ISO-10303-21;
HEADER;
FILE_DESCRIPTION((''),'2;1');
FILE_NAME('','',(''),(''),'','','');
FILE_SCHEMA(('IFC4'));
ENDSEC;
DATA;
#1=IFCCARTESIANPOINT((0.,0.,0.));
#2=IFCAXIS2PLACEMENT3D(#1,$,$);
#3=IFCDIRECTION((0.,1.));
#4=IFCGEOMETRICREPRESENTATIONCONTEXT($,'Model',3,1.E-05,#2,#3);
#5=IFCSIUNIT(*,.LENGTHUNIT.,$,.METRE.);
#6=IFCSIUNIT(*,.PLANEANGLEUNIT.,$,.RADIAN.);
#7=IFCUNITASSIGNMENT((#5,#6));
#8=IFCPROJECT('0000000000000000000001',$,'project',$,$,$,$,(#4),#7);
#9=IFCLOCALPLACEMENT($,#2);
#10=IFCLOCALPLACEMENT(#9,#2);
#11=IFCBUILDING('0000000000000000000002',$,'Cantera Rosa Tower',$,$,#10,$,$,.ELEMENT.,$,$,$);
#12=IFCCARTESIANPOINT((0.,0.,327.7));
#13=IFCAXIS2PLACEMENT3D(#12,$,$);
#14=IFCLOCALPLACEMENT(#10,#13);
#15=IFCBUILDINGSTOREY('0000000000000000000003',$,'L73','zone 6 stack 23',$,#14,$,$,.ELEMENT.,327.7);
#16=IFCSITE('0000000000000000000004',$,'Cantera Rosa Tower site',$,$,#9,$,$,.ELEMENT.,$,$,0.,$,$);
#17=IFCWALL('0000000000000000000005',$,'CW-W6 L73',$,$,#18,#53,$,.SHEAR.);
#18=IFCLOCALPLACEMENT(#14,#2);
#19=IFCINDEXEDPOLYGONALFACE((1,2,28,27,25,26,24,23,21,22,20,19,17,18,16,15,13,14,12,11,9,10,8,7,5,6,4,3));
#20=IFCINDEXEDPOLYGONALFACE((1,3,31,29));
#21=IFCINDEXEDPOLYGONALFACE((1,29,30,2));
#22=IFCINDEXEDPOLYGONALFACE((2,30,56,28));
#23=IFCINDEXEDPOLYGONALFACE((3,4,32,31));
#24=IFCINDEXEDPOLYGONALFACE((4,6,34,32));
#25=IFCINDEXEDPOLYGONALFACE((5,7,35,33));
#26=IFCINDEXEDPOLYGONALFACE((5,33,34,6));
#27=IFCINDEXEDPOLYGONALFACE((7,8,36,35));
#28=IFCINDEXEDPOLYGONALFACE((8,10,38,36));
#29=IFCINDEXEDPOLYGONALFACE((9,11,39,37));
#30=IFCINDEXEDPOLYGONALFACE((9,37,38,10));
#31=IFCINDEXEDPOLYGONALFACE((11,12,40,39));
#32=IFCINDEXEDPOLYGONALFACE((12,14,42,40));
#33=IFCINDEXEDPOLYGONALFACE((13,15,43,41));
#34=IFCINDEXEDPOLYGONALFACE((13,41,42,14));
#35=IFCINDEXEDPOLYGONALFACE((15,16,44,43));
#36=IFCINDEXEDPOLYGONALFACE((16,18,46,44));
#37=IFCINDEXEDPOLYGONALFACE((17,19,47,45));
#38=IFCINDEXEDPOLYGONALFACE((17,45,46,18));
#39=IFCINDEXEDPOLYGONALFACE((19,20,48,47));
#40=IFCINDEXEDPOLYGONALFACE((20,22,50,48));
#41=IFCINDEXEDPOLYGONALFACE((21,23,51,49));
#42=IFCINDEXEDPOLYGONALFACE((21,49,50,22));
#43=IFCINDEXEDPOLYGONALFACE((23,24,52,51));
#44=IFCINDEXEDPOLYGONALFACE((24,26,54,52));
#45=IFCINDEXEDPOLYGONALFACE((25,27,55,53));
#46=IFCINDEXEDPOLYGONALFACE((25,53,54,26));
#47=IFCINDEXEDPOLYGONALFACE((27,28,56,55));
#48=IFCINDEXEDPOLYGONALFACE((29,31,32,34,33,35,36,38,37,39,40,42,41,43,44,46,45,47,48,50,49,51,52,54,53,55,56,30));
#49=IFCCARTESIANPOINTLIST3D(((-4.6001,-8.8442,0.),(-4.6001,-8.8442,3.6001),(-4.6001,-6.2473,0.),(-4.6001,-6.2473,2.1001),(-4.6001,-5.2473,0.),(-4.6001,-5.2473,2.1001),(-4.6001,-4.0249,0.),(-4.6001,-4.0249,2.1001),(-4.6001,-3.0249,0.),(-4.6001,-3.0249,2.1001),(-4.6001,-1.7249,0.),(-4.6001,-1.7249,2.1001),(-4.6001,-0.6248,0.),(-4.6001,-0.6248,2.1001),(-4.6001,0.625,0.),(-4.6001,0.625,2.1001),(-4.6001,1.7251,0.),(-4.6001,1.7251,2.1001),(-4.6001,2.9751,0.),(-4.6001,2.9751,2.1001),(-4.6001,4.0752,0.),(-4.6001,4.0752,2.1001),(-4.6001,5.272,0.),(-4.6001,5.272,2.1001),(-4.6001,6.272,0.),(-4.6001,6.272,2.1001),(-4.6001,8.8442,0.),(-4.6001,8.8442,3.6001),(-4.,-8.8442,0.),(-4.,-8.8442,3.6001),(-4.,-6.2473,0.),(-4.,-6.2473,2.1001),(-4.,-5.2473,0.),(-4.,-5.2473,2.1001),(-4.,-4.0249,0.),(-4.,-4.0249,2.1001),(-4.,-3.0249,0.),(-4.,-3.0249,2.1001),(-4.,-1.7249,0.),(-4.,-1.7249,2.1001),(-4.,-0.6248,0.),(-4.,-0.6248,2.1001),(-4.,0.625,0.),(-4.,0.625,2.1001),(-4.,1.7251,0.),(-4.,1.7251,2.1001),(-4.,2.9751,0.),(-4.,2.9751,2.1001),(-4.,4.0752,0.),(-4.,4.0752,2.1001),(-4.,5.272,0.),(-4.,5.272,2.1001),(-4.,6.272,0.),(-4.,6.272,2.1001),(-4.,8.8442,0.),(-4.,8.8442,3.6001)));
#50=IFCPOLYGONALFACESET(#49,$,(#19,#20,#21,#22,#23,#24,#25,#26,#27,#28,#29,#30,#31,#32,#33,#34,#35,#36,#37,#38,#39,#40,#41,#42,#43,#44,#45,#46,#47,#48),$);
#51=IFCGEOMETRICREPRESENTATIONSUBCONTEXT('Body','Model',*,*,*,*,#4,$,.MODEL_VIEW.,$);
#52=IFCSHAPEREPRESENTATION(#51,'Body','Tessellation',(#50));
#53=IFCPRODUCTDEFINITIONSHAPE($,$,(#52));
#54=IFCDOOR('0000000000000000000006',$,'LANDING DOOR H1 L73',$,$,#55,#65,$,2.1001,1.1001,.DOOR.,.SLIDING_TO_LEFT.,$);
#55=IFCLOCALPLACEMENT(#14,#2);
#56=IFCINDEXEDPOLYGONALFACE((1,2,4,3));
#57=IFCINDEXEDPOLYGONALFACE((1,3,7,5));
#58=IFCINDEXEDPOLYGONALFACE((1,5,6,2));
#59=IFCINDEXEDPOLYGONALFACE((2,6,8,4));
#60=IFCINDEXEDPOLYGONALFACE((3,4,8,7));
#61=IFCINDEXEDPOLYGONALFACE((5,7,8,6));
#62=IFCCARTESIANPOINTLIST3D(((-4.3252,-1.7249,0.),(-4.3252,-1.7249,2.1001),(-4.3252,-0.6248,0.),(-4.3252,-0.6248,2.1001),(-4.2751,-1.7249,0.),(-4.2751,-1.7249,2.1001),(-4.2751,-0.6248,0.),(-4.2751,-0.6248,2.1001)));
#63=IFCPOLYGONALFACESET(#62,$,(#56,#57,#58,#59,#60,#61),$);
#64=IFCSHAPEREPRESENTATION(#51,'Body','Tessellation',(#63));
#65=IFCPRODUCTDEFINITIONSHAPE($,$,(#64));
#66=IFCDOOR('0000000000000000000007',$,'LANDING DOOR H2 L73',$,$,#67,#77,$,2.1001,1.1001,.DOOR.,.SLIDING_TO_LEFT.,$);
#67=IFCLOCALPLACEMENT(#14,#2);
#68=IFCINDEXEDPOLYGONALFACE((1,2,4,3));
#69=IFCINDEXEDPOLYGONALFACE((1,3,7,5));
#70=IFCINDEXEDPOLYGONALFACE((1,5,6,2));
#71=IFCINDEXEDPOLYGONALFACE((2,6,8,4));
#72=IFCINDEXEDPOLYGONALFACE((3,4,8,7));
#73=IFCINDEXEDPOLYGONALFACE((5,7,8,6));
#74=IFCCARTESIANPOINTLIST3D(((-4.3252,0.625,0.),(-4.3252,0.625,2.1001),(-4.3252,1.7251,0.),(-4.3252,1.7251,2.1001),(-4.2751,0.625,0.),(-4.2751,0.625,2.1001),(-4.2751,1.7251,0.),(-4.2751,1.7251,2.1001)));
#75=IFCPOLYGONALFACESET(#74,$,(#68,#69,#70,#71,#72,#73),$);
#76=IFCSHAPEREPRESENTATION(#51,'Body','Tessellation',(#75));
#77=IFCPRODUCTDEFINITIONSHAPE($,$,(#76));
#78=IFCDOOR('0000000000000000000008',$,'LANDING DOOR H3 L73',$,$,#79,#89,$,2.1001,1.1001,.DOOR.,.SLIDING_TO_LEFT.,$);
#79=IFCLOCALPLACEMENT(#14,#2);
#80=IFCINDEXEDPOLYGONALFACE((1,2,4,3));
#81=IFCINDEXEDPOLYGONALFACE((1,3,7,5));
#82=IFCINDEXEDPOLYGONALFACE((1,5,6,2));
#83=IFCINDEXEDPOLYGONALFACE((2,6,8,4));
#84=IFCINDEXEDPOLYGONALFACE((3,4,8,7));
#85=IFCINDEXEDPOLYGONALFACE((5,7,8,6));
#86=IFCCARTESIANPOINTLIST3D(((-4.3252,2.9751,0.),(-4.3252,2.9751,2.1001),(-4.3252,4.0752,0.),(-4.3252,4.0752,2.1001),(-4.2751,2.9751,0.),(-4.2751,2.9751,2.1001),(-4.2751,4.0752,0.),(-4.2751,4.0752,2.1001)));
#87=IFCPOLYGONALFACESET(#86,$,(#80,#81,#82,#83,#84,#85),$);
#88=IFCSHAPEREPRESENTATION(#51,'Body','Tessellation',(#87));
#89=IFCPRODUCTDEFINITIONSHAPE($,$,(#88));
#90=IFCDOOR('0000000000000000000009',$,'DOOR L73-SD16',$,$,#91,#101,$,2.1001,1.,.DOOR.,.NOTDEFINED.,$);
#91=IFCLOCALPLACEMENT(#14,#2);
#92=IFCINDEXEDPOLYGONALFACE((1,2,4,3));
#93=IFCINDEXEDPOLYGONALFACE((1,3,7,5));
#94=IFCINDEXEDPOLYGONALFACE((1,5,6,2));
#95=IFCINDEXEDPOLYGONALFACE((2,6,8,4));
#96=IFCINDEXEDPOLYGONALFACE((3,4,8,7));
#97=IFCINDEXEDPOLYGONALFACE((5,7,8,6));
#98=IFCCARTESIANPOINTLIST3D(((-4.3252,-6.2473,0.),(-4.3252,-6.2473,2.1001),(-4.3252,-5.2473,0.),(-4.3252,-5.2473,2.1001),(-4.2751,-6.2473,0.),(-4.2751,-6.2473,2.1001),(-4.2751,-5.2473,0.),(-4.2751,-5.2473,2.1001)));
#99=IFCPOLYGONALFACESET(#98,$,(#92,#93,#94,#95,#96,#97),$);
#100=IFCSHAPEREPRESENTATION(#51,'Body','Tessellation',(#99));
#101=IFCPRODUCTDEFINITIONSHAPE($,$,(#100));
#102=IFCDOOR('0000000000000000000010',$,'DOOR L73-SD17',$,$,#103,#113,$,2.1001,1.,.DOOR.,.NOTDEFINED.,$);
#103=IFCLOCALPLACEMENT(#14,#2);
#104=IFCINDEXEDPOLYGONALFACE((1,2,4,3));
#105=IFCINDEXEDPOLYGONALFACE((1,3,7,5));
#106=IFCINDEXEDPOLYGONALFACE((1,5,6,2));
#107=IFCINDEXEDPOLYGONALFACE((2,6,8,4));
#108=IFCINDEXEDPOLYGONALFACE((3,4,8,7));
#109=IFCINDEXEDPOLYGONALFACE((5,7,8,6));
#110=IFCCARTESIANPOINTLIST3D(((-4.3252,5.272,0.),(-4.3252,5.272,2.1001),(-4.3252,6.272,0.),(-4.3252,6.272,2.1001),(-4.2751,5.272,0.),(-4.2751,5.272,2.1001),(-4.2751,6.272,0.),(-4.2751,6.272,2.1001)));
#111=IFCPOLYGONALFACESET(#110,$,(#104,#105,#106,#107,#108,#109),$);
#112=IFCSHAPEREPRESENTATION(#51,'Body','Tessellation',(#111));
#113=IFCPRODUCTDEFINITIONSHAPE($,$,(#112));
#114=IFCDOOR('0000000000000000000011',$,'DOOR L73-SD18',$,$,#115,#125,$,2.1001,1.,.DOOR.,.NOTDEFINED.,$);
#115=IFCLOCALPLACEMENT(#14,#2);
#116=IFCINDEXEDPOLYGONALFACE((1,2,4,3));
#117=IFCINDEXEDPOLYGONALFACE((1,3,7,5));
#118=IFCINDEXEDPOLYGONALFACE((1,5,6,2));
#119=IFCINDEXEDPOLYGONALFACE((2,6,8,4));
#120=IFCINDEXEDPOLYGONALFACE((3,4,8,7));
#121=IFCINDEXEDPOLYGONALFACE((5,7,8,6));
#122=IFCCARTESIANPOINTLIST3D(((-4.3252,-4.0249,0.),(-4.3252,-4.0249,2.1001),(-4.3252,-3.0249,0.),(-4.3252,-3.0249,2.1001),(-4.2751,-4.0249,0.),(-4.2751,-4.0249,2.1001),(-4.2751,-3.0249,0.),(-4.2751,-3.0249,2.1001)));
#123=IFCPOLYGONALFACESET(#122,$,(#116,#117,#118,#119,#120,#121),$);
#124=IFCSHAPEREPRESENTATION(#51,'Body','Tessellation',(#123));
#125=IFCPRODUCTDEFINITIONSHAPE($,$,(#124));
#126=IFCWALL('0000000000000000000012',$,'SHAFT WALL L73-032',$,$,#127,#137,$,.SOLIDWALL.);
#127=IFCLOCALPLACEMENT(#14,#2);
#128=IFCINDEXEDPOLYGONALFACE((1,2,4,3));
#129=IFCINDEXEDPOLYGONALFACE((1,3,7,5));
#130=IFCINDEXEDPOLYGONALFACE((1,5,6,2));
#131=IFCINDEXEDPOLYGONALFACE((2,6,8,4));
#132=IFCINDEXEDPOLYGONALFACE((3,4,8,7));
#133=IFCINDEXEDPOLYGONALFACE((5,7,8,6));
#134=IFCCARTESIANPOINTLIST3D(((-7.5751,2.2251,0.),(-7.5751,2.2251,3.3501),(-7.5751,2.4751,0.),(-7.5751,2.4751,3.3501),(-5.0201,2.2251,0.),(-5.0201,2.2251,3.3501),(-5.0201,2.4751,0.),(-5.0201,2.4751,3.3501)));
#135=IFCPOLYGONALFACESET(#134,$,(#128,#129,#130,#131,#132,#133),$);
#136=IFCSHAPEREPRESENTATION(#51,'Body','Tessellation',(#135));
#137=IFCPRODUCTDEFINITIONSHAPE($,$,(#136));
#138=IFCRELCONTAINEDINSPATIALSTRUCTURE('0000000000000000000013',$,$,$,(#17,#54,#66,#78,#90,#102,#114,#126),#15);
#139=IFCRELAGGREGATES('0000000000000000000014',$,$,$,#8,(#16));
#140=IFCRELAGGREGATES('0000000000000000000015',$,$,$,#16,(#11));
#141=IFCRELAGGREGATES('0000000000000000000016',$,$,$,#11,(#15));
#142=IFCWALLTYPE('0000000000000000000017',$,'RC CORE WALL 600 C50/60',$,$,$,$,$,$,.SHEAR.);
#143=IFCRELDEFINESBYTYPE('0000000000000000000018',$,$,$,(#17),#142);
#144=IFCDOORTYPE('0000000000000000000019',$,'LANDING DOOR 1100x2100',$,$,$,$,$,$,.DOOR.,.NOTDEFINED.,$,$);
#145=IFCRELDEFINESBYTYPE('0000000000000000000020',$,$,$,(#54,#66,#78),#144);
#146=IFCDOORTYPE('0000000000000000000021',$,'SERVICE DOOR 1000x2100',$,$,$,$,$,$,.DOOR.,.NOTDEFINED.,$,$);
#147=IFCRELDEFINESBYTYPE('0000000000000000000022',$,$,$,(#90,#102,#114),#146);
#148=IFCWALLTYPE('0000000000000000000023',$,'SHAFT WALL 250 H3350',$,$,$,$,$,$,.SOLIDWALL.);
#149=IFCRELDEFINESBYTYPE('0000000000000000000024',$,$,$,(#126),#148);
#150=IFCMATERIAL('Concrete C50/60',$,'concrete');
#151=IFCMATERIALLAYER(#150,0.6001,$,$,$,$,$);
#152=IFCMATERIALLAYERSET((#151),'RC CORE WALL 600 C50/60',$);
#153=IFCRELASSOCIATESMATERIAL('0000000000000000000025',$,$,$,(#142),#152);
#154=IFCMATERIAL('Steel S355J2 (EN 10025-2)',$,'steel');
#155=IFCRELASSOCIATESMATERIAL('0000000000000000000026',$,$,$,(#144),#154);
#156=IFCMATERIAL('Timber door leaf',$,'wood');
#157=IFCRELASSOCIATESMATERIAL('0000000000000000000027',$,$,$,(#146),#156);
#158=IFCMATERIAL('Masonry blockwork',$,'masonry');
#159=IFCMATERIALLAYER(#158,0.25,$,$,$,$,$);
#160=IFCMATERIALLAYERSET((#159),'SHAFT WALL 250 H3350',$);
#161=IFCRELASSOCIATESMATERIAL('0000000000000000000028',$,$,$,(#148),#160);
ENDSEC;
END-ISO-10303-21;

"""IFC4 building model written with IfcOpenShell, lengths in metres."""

from ifc_helpers import new_model, si_unit, direction, frame, frame_2d, origin, place, context, subcontext, project, spatial, rectangle, extrude, material, layer, layer_set, type_object, element, fill, save


model = new_model("IFC4")

# Units and contexts
model_context = context("Model", 3, precision=1e-05, world=origin(), true_north=direction((0.0, 1.0)))
body_context = subcontext(model_context, "Body", "Model", "MODEL_VIEW")
ifc_project = project(units=[si_unit("LENGTHUNIT", "METRE"), si_unit("PLANEANGLEUNIT", "RADIAN")], contexts=[model_context])

# Site, building, storey
site_placement = place(None, origin())
site = spatial("IfcSite", under=ifc_project, at=site_placement, Name="Cantera Rosa Tower site", CompositionType="ELEMENT", RefElevation=0.0)
building_placement = place(site_placement, origin())
building = spatial("IfcBuilding", under=site, at=building_placement, Name="Cantera Rosa Tower", CompositionType="ELEMENT")
storey_placement = place(building_placement, frame((0.0, 0.0, 327.7)))
storey = spatial("IfcBuildingStorey", under=building, at=storey_placement, Name="L73", Description="zone 6 stack 23", CompositionType="ELEMENT", Elevation=327.7)

# Shared definitions
ifc_material_1 = material(Name="Concrete C50/60", Category="concrete")
ifc_layer_1 = layer(ifc_material_1, 0.6001)
ifc_layer_set_1 = layer_set([ifc_layer_1], Name="RC CORE WALL 600 C50/60")
wall_type_1 = type_object("IfcWallType", Name="RC CORE WALL 600 C50/60", PredefinedType="SHEAR", material=ifc_layer_set_1)

# Wall, openings, doors
wall_1_placement = place(storey_placement, frame((-4.3, 8.8442, 0.0), z_axis=(0.0, 0.0, 1.0), x_axis=(0.0, -1.0, 0.0)))
wall_1 = element("IfcWall", 1, at=wall_1_placement, inside=storey, type_object=wall_type_1, Name="CW-W6 L73", PredefinedType="SHEAR", context=body_context, shape_type="SweptSolid", body=[
    extrude(rectangle(XDim=17.6885, YDim=0.6001, at=frame_2d((8.8442, 0.0))), origin(), (0.0, 0.0, 1.0), 3.6001),
])
opening_1_placement = place(wall_1_placement, frame((9.469, 0.0, 0.0)))
opening_1 = element("IfcOpeningElement", 2, at=opening_1_placement, cuts=wall_1, PredefinedType="OPENING", context=body_context, shape_type="SweptSolid", body=[
    extrude(rectangle(XDim=1.1001, YDim=2.1001, at=frame_2d((0.55, 1.05))), frame((0.0, 0.3101, 0.0), z_axis=(0.0, -1.0, 0.0), x_axis=(1.0, 0.0, 0.0)), (0.0, 0.0, 1.0), 0.6201),
])
opening_2_placement = place(wall_1_placement, frame((7.1191, 0.0, 0.0)))
opening_2 = element("IfcOpeningElement", 3, at=opening_2_placement, cuts=wall_1, PredefinedType="OPENING", context=body_context, shape_type="SweptSolid", body=[
    extrude(rectangle(XDim=1.1001, YDim=2.1001, at=frame_2d((0.55, 1.05))), frame((0.0, 0.3101, 0.0), z_axis=(0.0, -1.0, 0.0), x_axis=(1.0, 0.0, 0.0)), (0.0, 0.0, 1.0), 0.6201),
])
opening_3_placement = place(wall_1_placement, frame((4.769, 0.0, 0.0)))
opening_3 = element("IfcOpeningElement", 4, at=opening_3_placement, cuts=wall_1, PredefinedType="OPENING", context=body_context, shape_type="SweptSolid", body=[
    extrude(rectangle(XDim=1.1001, YDim=2.1001, at=frame_2d((0.55, 1.05))), frame((0.0, 0.3101, 0.0), z_axis=(0.0, -1.0, 0.0), x_axis=(1.0, 0.0, 0.0)), (0.0, 0.0, 1.0), 0.6201),
])
opening_4_placement = place(wall_1_placement, frame((14.0916, 0.0, 0.0)))
opening_4 = element("IfcOpeningElement", 5, at=opening_4_placement, cuts=wall_1, PredefinedType="OPENING", context=body_context, shape_type="SweptSolid", body=[
    extrude(rectangle(XDim=1.0, YDim=2.1001, at=frame_2d((0.5, 1.05))), frame((0.0, 0.3101, 0.0), z_axis=(0.0, -1.0, 0.0), x_axis=(1.0, 0.0, 0.0)), (0.0, 0.0, 1.0), 0.6201),
])
opening_5_placement = place(wall_1_placement, frame((2.5723, 0.0, 0.0)))
opening_5 = element("IfcOpeningElement", 6, at=opening_5_placement, cuts=wall_1, PredefinedType="OPENING", context=body_context, shape_type="SweptSolid", body=[
    extrude(rectangle(XDim=1.0, YDim=2.1001, at=frame_2d((0.5, 1.05))), frame((0.0, 0.3101, 0.0), z_axis=(0.0, -1.0, 0.0), x_axis=(1.0, 0.0, 0.0)), (0.0, 0.0, 1.0), 0.6201),
])
opening_6_placement = place(wall_1_placement, frame((11.8691, 0.0, 0.0)))
opening_6 = element("IfcOpeningElement", 7, at=opening_6_placement, cuts=wall_1, PredefinedType="OPENING", context=body_context, shape_type="SweptSolid", body=[
    extrude(rectangle(XDim=1.0, YDim=2.1001, at=frame_2d((0.5, 1.05))), frame((0.0, 0.3101, 0.0), z_axis=(0.0, -1.0, 0.0), x_axis=(1.0, 0.0, 0.0)), (0.0, 0.0, 1.0), 0.6201),
])
ifc_material_2 = material(Name="Steel S355J2 (EN 10025-2)", Category="steel")
door_type_1 = type_object("IfcDoorType", Name="LANDING DOOR 1100x2100", OperationType="NOTDEFINED", PredefinedType="DOOR", material=ifc_material_2)
door_1_placement = place(opening_1_placement, origin())
door_1 = element("IfcDoor", 8, at=door_1_placement, inside=storey, type_object=door_type_1, Name="LANDING DOOR H1 L73", OperationType="SLIDING_TO_LEFT", OverallHeight=2.1001, OverallWidth=1.1001, PredefinedType="DOOR", context=body_context, shape_type="SweptSolid", body=[
    extrude(rectangle(XDim=1.1001, YDim=2.1001, at=frame_2d((0.55, 1.05))), frame((0.0, 0.0249, 0.0), z_axis=(0.0, -1.0, 0.0), x_axis=(1.0, 0.0, 0.0)), (0.0, 0.0, 1.0), 0.05),
])
fill(opening_1, door_1)
door_2_placement = place(opening_2_placement, origin())
door_2 = element("IfcDoor", 9, at=door_2_placement, inside=storey, type_object=door_type_1, Name="LANDING DOOR H2 L73", OperationType="SLIDING_TO_LEFT", OverallHeight=2.1001, OverallWidth=1.1001, PredefinedType="DOOR", context=body_context, shape_type="SweptSolid", body=[
    extrude(rectangle(XDim=1.1001, YDim=2.1001, at=frame_2d((0.55, 1.05))), frame((0.0, 0.0249, 0.0), z_axis=(0.0, -1.0, 0.0), x_axis=(1.0, 0.0, 0.0)), (0.0, 0.0, 1.0), 0.05),
])
fill(opening_2, door_2)
door_3_placement = place(opening_3_placement, origin())
door_3 = element("IfcDoor", 10, at=door_3_placement, inside=storey, type_object=door_type_1, Name="LANDING DOOR H3 L73", OperationType="SLIDING_TO_LEFT", OverallHeight=2.1001, OverallWidth=1.1001, PredefinedType="DOOR", context=body_context, shape_type="SweptSolid", body=[
    extrude(rectangle(XDim=1.1001, YDim=2.1001, at=frame_2d((0.55, 1.05))), frame((0.0, 0.0249, 0.0), z_axis=(0.0, -1.0, 0.0), x_axis=(1.0, 0.0, 0.0)), (0.0, 0.0, 1.0), 0.05),
])
fill(opening_3, door_3)
ifc_material_3 = material(Name="Timber door leaf", Category="wood")
door_type_2 = type_object("IfcDoorType", Name="SERVICE DOOR 1000x2100", OperationType="NOTDEFINED", PredefinedType="DOOR", material=ifc_material_3)
door_4_placement = place(opening_4_placement, origin())
door_4 = element("IfcDoor", 11, at=door_4_placement, inside=storey, type_object=door_type_2, Name="DOOR L73-SD16", OperationType="NOTDEFINED", OverallHeight=2.1001, OverallWidth=1.0, PredefinedType="DOOR", context=body_context, shape_type="SweptSolid", body=[
    extrude(rectangle(XDim=1.0, YDim=2.1001, at=frame_2d((0.5, 1.05))), frame((0.0, 0.0249, 0.0), z_axis=(0.0, -1.0, 0.0), x_axis=(1.0, 0.0, 0.0)), (0.0, 0.0, 1.0), 0.05),
])
fill(opening_4, door_4)
door_5_placement = place(opening_5_placement, origin())
door_5 = element("IfcDoor", 12, at=door_5_placement, inside=storey, type_object=door_type_2, Name="DOOR L73-SD17", OperationType="NOTDEFINED", OverallHeight=2.1001, OverallWidth=1.0, PredefinedType="DOOR", context=body_context, shape_type="SweptSolid", body=[
    extrude(rectangle(XDim=1.0, YDim=2.1001, at=frame_2d((0.5, 1.05))), frame((0.0, 0.0249, 0.0), z_axis=(0.0, -1.0, 0.0), x_axis=(1.0, 0.0, 0.0)), (0.0, 0.0, 1.0), 0.05),
])
fill(opening_5, door_5)
door_6_placement = place(opening_6_placement, origin())
door_6 = element("IfcDoor", 13, at=door_6_placement, inside=storey, type_object=door_type_2, Name="DOOR L73-SD18", OperationType="NOTDEFINED", OverallHeight=2.1001, OverallWidth=1.0, PredefinedType="DOOR", context=body_context, shape_type="SweptSolid", body=[
    extrude(rectangle(XDim=1.0, YDim=2.1001, at=frame_2d((0.5, 1.05))), frame((0.0, 0.0249, 0.0), z_axis=(0.0, -1.0, 0.0), x_axis=(1.0, 0.0, 0.0)), (0.0, 0.0, 1.0), 0.05),
])
fill(opening_6, door_6)

# Wall
ifc_material_4 = material(Name="Masonry blockwork", Category="masonry")
ifc_layer_2 = layer(ifc_material_4, 0.25)
ifc_layer_set_2 = layer_set([ifc_layer_2], Name="SHAFT WALL 250 H3350")
wall_type_2 = type_object("IfcWallType", Name="SHAFT WALL 250 H3350", PredefinedType="SOLIDWALL", material=ifc_layer_set_2)
wall_2_placement = place(storey_placement, frame((-7.575, 2.3501, 0.0), z_axis=(0.0, 0.0, 1.0), x_axis=(1.0, 0.0, 0.0)))
element("IfcWall", 14, at=wall_2_placement, inside=storey, type_object=wall_type_2, Name="SHAFT WALL L73-032", PredefinedType="SOLIDWALL", context=body_context, shape_type="SweptSolid", body=[
    extrude(rectangle(XDim=2.5549, YDim=0.25, at=frame_2d((1.2773, 0.0))), origin(), (0.0, 0.0, 1.0), 3.3501),
])

save(model, "model.ifc")
